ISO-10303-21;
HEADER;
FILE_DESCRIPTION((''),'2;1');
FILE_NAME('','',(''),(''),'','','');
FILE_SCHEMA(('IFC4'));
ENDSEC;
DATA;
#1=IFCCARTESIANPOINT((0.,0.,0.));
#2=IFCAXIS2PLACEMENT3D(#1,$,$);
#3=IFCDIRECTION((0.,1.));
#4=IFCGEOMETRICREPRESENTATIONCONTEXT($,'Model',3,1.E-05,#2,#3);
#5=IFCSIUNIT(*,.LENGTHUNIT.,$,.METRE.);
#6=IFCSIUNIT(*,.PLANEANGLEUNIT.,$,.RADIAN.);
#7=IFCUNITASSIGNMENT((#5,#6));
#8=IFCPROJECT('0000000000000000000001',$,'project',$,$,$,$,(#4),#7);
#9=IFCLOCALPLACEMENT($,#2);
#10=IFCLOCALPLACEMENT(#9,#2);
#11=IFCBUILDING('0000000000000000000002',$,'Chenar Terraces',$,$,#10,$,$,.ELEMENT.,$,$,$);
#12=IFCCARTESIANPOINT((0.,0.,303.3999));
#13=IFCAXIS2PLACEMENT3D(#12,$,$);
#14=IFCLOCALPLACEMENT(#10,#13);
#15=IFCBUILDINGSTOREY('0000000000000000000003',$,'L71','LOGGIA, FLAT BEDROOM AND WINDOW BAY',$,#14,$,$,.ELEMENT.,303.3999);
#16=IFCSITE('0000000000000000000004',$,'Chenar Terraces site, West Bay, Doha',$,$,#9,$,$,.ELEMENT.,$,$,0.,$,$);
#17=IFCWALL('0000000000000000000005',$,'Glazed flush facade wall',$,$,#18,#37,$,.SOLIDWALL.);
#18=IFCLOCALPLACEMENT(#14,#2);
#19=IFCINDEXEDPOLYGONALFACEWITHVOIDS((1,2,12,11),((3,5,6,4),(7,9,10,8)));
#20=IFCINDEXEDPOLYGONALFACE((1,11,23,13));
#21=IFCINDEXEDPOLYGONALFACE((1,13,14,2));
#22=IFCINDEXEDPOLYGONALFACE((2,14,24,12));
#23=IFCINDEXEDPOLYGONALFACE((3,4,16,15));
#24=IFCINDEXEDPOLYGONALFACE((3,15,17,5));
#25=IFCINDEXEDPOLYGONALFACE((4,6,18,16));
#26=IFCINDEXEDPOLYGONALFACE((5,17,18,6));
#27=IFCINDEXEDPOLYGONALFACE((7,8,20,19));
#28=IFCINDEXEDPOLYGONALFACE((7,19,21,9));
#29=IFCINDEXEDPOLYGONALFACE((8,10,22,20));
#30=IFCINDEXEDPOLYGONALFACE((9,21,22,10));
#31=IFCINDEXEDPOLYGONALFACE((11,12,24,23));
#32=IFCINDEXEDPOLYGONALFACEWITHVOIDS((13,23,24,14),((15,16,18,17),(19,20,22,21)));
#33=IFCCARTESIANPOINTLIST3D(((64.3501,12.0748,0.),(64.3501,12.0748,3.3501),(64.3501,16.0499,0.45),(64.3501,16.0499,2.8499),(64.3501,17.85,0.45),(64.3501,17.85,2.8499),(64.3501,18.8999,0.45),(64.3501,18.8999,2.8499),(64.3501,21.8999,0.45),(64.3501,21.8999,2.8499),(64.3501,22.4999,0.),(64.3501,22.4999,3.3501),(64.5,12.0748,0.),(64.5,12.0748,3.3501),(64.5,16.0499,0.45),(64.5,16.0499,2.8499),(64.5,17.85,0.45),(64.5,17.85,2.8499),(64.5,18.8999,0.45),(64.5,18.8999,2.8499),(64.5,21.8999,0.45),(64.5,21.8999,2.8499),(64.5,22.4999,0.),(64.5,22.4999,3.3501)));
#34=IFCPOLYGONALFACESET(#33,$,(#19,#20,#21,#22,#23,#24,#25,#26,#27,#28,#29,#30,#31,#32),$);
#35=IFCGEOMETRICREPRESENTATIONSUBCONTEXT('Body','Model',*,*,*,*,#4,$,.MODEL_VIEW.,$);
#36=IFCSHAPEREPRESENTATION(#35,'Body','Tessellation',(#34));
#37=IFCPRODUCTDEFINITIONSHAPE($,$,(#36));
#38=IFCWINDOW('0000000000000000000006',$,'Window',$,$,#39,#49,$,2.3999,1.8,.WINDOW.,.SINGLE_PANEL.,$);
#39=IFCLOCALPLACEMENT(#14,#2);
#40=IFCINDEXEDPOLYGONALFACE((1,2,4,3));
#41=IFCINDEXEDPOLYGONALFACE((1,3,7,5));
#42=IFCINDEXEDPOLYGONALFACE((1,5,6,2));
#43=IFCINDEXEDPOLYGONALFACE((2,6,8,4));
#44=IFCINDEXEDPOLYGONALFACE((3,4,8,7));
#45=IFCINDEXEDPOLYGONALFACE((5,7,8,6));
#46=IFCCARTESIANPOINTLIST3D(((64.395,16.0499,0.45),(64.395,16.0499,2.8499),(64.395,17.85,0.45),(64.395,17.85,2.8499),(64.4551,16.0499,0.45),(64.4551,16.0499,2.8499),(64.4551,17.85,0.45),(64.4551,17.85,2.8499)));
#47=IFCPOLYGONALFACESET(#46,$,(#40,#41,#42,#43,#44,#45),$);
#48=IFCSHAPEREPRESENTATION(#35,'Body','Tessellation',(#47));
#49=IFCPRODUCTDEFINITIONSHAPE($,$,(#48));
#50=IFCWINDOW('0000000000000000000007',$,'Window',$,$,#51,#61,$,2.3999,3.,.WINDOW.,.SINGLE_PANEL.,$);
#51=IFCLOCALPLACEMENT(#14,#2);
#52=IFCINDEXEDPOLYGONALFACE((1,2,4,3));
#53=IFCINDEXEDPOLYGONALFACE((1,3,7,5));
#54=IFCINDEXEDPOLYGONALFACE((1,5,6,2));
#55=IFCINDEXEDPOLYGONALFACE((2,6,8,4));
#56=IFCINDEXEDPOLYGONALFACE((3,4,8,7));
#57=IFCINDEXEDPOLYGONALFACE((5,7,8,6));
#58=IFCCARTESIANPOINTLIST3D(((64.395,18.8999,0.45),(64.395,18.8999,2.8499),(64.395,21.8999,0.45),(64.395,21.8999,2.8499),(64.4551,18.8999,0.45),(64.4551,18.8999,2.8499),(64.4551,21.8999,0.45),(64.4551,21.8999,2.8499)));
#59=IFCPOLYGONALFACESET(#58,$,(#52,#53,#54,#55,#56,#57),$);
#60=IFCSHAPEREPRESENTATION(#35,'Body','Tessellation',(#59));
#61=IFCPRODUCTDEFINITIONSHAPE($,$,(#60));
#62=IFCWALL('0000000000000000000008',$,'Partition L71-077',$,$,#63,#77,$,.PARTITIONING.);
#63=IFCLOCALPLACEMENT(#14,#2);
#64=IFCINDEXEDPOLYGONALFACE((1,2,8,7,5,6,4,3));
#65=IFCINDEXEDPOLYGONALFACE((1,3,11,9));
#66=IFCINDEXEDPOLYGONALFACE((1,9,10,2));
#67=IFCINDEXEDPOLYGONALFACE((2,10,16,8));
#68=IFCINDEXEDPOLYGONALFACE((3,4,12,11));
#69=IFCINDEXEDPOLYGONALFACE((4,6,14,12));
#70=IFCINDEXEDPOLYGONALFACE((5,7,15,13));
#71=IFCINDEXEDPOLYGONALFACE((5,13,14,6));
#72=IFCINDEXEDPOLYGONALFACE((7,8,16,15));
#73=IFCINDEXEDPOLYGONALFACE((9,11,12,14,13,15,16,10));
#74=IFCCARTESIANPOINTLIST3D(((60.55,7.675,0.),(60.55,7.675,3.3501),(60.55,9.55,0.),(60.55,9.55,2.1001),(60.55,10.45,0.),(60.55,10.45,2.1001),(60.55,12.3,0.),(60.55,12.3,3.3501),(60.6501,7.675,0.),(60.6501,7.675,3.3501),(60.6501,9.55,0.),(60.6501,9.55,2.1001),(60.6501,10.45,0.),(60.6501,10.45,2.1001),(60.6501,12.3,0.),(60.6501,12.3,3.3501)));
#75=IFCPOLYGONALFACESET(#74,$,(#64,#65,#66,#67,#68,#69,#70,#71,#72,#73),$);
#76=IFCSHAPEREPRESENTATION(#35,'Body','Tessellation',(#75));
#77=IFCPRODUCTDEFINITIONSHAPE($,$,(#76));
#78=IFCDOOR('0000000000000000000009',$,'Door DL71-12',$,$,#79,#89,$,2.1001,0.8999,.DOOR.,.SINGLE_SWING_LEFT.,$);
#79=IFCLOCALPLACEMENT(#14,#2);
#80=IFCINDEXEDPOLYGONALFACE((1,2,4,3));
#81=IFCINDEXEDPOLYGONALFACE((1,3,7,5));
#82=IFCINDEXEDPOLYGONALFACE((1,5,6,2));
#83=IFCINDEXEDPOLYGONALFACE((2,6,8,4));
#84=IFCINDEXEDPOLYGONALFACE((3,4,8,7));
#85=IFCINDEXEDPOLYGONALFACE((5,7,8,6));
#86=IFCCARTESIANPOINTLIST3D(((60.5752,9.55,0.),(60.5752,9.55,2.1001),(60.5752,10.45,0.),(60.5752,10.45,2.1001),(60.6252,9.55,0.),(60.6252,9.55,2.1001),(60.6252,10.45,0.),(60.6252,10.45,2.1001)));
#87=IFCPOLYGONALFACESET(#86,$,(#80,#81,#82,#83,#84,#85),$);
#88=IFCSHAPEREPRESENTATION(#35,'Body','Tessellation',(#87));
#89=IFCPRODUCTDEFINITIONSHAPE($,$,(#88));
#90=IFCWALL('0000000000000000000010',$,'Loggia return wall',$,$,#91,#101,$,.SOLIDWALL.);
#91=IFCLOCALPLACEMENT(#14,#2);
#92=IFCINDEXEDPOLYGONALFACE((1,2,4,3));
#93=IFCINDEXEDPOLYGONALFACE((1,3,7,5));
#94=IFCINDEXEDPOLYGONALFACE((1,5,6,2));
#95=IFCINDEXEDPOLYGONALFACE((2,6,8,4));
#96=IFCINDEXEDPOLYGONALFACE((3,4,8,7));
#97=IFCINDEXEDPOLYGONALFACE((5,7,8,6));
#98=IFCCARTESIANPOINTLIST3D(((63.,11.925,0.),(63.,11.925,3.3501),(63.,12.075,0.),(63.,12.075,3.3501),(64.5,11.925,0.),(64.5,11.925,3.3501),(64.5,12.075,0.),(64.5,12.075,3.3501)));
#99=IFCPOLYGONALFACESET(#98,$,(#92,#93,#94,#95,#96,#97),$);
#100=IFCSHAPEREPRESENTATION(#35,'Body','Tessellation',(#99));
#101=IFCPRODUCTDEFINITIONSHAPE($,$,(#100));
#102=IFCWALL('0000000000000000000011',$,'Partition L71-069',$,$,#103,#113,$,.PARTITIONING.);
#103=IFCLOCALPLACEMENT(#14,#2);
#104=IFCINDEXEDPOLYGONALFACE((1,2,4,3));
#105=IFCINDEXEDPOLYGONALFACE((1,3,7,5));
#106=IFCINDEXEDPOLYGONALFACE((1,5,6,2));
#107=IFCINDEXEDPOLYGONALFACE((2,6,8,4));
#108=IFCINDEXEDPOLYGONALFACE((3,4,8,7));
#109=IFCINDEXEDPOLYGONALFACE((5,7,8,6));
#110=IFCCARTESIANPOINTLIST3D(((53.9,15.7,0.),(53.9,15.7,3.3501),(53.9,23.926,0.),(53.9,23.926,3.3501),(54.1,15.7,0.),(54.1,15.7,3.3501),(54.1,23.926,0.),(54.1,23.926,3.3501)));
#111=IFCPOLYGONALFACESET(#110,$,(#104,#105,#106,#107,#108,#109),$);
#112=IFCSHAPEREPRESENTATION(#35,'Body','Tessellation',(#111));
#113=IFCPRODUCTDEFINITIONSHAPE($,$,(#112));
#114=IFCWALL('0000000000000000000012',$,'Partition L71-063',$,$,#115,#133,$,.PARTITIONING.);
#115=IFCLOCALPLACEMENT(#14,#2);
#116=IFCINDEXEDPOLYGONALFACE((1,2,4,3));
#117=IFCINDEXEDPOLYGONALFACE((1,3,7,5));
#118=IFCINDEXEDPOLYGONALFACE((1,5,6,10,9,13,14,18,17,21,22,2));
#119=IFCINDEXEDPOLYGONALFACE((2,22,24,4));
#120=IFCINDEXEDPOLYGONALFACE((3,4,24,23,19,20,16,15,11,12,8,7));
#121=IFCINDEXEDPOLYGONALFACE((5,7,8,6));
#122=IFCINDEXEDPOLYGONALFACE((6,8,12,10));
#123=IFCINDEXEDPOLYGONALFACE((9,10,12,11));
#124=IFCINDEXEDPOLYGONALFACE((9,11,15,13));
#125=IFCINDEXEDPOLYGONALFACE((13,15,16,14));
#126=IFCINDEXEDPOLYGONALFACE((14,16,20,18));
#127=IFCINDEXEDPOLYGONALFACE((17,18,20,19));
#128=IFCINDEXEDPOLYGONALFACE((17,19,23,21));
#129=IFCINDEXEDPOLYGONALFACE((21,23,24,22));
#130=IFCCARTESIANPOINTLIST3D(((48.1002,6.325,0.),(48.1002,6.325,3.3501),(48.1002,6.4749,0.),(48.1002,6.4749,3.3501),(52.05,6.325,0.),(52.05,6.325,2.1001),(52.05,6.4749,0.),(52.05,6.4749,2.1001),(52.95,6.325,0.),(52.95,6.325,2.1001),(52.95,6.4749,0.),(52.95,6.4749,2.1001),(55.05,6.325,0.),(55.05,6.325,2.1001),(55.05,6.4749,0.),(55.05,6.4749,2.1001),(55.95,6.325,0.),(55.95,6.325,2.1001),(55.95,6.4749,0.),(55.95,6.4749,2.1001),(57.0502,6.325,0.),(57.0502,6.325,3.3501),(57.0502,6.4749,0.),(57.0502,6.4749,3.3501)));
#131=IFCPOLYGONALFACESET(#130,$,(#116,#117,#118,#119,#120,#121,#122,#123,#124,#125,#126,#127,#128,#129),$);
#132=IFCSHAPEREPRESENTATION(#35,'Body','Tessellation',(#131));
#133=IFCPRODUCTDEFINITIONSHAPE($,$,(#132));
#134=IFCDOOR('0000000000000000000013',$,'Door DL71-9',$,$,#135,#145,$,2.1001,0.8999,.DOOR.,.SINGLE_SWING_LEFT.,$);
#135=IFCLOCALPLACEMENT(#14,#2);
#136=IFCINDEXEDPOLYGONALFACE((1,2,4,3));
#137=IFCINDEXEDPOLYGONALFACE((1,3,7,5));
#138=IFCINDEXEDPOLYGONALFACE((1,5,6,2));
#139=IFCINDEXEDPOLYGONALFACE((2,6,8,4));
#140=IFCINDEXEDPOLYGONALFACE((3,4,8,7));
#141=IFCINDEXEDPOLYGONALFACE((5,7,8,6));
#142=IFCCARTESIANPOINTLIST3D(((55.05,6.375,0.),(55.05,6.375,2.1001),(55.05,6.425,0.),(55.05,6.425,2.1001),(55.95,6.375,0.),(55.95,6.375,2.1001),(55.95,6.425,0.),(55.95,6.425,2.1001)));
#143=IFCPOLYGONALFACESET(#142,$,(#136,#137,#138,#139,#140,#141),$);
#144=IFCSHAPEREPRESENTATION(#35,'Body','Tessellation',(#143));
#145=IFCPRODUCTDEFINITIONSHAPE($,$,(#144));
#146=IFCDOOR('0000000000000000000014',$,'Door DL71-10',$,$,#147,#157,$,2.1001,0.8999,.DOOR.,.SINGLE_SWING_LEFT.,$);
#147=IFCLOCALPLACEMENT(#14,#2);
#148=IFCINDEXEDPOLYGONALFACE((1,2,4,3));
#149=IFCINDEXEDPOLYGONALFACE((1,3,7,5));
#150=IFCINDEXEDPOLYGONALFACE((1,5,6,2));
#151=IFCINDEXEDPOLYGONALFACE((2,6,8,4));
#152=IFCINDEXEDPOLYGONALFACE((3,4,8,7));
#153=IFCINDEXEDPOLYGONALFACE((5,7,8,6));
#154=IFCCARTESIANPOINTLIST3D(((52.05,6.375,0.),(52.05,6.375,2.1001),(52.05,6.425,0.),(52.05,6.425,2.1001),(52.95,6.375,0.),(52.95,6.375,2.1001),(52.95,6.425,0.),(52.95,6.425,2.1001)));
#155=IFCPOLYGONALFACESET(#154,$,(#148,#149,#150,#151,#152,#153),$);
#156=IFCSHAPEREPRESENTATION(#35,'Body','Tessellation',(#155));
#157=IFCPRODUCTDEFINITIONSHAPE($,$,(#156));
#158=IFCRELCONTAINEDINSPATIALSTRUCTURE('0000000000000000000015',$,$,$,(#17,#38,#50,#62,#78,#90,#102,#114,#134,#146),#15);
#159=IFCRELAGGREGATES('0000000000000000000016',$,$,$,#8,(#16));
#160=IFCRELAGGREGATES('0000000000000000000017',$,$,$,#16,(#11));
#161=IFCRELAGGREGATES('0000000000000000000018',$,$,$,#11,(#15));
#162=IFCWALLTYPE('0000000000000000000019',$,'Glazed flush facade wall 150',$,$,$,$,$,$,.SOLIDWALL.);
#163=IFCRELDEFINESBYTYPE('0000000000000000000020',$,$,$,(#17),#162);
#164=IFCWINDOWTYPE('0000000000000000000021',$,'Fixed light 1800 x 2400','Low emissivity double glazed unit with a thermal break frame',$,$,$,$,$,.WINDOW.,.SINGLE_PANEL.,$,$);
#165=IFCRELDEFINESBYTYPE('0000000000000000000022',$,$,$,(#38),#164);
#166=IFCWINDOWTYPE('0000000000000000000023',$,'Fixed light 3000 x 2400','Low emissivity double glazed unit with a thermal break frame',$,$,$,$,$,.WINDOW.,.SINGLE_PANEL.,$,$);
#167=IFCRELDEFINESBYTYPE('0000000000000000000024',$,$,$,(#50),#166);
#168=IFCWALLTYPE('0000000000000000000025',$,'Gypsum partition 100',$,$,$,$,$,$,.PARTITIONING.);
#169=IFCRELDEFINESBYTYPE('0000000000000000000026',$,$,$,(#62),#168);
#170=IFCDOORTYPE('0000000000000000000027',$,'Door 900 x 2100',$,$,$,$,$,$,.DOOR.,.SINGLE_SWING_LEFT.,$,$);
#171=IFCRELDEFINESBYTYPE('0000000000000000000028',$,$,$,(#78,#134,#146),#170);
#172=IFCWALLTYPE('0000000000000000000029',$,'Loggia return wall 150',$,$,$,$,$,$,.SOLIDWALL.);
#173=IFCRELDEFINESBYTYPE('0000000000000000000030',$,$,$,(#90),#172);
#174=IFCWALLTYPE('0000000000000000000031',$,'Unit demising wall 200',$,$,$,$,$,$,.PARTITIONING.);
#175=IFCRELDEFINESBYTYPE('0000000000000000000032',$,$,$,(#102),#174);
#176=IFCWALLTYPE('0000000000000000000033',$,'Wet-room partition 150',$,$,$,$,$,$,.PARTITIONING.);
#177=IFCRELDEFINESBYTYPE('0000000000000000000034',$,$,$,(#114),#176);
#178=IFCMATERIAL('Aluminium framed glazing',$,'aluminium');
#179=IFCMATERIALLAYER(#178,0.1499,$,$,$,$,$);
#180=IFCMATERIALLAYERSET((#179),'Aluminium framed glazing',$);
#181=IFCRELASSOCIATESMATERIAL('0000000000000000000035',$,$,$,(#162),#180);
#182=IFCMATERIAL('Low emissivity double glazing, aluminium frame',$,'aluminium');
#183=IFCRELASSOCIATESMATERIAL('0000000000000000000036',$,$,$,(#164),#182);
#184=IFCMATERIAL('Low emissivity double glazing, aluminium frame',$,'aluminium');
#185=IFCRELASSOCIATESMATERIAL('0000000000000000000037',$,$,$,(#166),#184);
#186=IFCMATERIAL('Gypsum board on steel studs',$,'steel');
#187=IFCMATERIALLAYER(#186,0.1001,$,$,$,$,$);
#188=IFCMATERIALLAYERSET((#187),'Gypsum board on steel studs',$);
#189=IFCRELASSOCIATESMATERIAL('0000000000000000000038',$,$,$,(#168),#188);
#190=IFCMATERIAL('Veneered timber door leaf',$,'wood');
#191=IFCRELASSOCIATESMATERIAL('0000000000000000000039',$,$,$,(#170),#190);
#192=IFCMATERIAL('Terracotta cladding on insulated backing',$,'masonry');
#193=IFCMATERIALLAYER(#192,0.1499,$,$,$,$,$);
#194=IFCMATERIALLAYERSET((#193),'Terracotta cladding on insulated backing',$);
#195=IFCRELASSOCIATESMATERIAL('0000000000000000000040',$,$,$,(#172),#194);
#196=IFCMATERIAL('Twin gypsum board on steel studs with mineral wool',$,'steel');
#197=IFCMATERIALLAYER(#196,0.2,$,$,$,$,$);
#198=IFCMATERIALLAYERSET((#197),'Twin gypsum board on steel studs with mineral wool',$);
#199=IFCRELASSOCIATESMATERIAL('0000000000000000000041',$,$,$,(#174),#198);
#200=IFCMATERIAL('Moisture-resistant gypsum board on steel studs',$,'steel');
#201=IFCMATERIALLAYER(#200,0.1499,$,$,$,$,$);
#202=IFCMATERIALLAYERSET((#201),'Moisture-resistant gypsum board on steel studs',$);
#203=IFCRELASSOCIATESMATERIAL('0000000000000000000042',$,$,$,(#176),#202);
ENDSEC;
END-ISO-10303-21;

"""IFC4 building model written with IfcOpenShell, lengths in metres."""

from ifc_helpers import new_model, si_unit, direction, frame, frame_2d, origin, place, context, subcontext, project, spatial, rectangle, extrude, material, layer, layer_set, type_object, element, fill, save


model = new_model("IFC4")

# Units and contexts
model_context = context("Model", 3, precision=1e-05, world=origin(), true_north=direction((0.0, 1.0)))
body_context = subcontext(model_context, "Body", "Model", "MODEL_VIEW")
ifc_project = project(units=[si_unit("LENGTHUNIT", "METRE"), si_unit("PLANEANGLEUNIT", "RADIAN")], contexts=[model_context])

# Site, building, storey
site_placement = place(None, origin())
site = spatial("IfcSite", under=ifc_project, at=site_placement, Name="Chenar Terraces site, West Bay, Doha", CompositionType="ELEMENT", RefElevation=0.0)
building_placement = place(site_placement, origin())
building = spatial("IfcBuilding", under=site, at=building_placement, Name="Chenar Terraces", CompositionType="ELEMENT")
storey_placement = place(building_placement, frame((0.0, 0.0, 303.3999)))
storey = spatial("IfcBuildingStorey", under=building, at=storey_placement, Name="L71", Description="LOGGIA, FLAT BEDROOM AND WINDOW BAY", CompositionType="ELEMENT", Elevation=303.3999)

# Wall, openings, windows
ifc_material_1 = material(Name="Aluminium framed glazing", Category="aluminium")
ifc_layer_1 = layer(ifc_material_1, 0.1499)
ifc_layer_set_1 = layer_set([ifc_layer_1], Name="Aluminium framed glazing")
wall_type_1 = type_object("IfcWallType", Name="Glazed flush facade wall 150", PredefinedType="SOLIDWALL", material=ifc_layer_set_1)
wall_1_placement = place(storey_placement, frame((64.425, 12.075, 0.0), z_axis=(0.0, 0.0, 1.0), x_axis=(0.0, 1.0, 0.0)))
wall_1 = element("IfcWall", 1, at=wall_1_placement, inside=storey, type_object=wall_type_1, Name="Glazed flush facade wall", PredefinedType="SOLIDWALL", context=body_context, shape_type="SweptSolid", body=[
    extrude(rectangle(XDim=10.425, YDim=0.1499, at=frame_2d((5.2124, 0.0))), origin(), (0.0, 0.0, 1.0), 3.3501),
])
opening_1_placement = place(wall_1_placement, frame((3.9751, 0.0, 0.45)))
opening_1 = element("IfcOpeningElement", 2, at=opening_1_placement, cuts=wall_1, PredefinedType="OPENING", context=body_context, shape_type="SweptSolid", body=[
    extrude(rectangle(XDim=1.8, YDim=2.3999, at=frame_2d((0.8999, 1.2))), frame((0.0, 0.085, 0.0), z_axis=(0.0, -1.0, 0.0), x_axis=(1.0, 0.0, 0.0)), (0.0, 0.0, 1.0), 0.1699),
])
opening_2_placement = place(wall_1_placement, frame((6.825, 0.0, 0.45)))
opening_2 = element("IfcOpeningElement", 3, at=opening_2_placement, cuts=wall_1, PredefinedType="OPENING", context=body_context, shape_type="SweptSolid", body=[
    extrude(rectangle(XDim=3.0, YDim=2.3999, at=frame_2d((1.5, 1.2))), frame((0.0, 0.085, 0.0), z_axis=(0.0, -1.0, 0.0), x_axis=(1.0, 0.0, 0.0)), (0.0, 0.0, 1.0), 0.1699),
])
ifc_material_2 = material(Name="Low emissivity double glazing, aluminium frame", Category="aluminium")
window_type_1 = type_object("IfcWindowType", Name="Fixed light 1800 x 2400", Description="Low emissivity double glazed unit with a thermal break frame", PartitioningType="SINGLE_PANEL", PredefinedType="WINDOW", material=ifc_material_2)
window_1_placement = place(opening_1_placement, origin())
window_1 = element("IfcWindow", 4, at=window_1_placement, inside=storey, type_object=window_type_1, Name="Window", OverallHeight=2.3999, OverallWidth=1.8, PartitioningType="SINGLE_PANEL", PredefinedType="WINDOW", context=body_context, shape_type="SweptSolid", body=[
    extrude(rectangle(XDim=1.8, YDim=2.3999, at=frame_2d((0.8999, 1.2))), frame((0.0, 0.03, 0.0), z_axis=(0.0, -1.0, 0.0), x_axis=(1.0, 0.0, 0.0)), (0.0, 0.0, 1.0), 0.0601),
])
fill(opening_1, window_1)
ifc_material_3 = material(Name="Low emissivity double glazing, aluminium frame", Category="aluminium")
window_type_2 = type_object("IfcWindowType", Name="Fixed light 3000 x 2400", Description="Low emissivity double glazed unit with a thermal break frame", PartitioningType="SINGLE_PANEL", PredefinedType="WINDOW", material=ifc_material_3)
window_2_placement = place(opening_2_placement, origin())
window_2 = element("IfcWindow", 5, at=window_2_placement, inside=storey, type_object=window_type_2, Name="Window", OverallHeight=2.3999, OverallWidth=3.0, PartitioningType="SINGLE_PANEL", PredefinedType="WINDOW", context=body_context, shape_type="SweptSolid", body=[
    extrude(rectangle(XDim=3.0, YDim=2.3999, at=frame_2d((1.5, 1.2))), frame((0.0, 0.03, 0.0), z_axis=(0.0, -1.0, 0.0), x_axis=(1.0, 0.0, 0.0)), (0.0, 0.0, 1.0), 0.0601),
])
fill(opening_2, window_2)

# Wall, opening, door
ifc_material_4 = material(Name="Gypsum board on steel studs", Category="steel")
ifc_layer_2 = layer(ifc_material_4, 0.1001)
ifc_layer_set_2 = layer_set([ifc_layer_2], Name="Gypsum board on steel studs")
wall_type_2 = type_object("IfcWallType", Name="Gypsum partition 100", PredefinedType="PARTITIONING", material=ifc_layer_set_2)
wall_2_placement = place(storey_placement, frame((60.6001, 7.675, 0.0), z_axis=(0.0, 0.0, 1.0), x_axis=(0.0, 1.0, 0.0)))
wall_2 = element("IfcWall", 6, at=wall_2_placement, inside=storey, type_object=wall_type_2, Name="Partition L71-077", PredefinedType="PARTITIONING", context=body_context, shape_type="SweptSolid", body=[
    extrude(rectangle(XDim=4.625, YDim=0.1001, at=frame_2d((2.3125, 0.0))), origin(), (0.0, 0.0, 1.0), 3.3501),
])
opening_3_placement = place(wall_2_placement, frame((1.875, 0.0, 0.0)))
opening_3 = element("IfcOpeningElement", 7, at=opening_3_placement, cuts=wall_2, PredefinedType="OPENING", context=body_context, shape_type="SweptSolid", body=[
    extrude(rectangle(XDim=0.8999, YDim=2.1001, at=frame_2d((0.45, 1.05))), frame((0.0, 0.0601, 0.0), z_axis=(0.0, -1.0, 0.0), x_axis=(1.0, 0.0, 0.0)), (0.0, 0.0, 1.0), 0.1201),
])
ifc_material_5 = material(Name="Veneered timber door leaf", Category="wood")
door_type_1 = type_object("IfcDoorType", Name="Door 900 x 2100", OperationType="SINGLE_SWING_LEFT", PredefinedType="DOOR", material=ifc_material_5)
door_1_placement = place(opening_3_placement, origin())
door_1 = element("IfcDoor", 8, at=door_1_placement, inside=storey, type_object=door_type_1, Name="Door DL71-12", OperationType="SINGLE_SWING_LEFT", OverallHeight=2.1001, OverallWidth=0.8999, PredefinedType="DOOR", context=body_context, shape_type="SweptSolid", body=[
    extrude(rectangle(XDim=0.8999, YDim=2.1001, at=frame_2d((0.45, 1.05))), frame((0.0, 0.0249, 0.0), z_axis=(0.0, -1.0, 0.0), x_axis=(1.0, 0.0, 0.0)), (0.0, 0.0, 1.0), 0.05),
])
fill(opening_3, door_1)

# Walls
ifc_material_6 = material(Name="Terracotta cladding on insulated backing", Category="masonry")
ifc_layer_3 = layer(ifc_material_6, 0.1499)
ifc_layer_set_3 = layer_set([ifc_layer_3], Name="Terracotta cladding on insulated backing")
wall_type_3 = type_object("IfcWallType", Name="Loggia return wall 150", PredefinedType="SOLIDWALL", material=ifc_layer_set_3)
wall_3_placement = place(storey_placement, frame((64.5, 12.0, 0.0), z_axis=(0.0, 0.0, 1.0), x_axis=(-1.0, 0.0, 0.0)))
element("IfcWall", 9, at=wall_3_placement, inside=storey, type_object=wall_type_3, Name="Loggia return wall", PredefinedType="SOLIDWALL", context=body_context, shape_type="SweptSolid", body=[
    extrude(rectangle(XDim=1.5, YDim=0.1499, at=frame_2d((0.75, 0.0))), origin(), (0.0, 0.0, 1.0), 3.3501),
])
ifc_material_7 = material(Name="Twin gypsum board on steel studs with mineral wool", Category="steel")
ifc_layer_4 = layer(ifc_material_7, 0.2)
ifc_layer_set_4 = layer_set([ifc_layer_4], Name="Twin gypsum board on steel studs with mineral wool")
wall_type_4 = type_object("IfcWallType", Name="Unit demising wall 200", PredefinedType="PARTITIONING", material=ifc_layer_set_4)
wall_4_placement = place(storey_placement, frame((54.0, 15.7, 0.0), z_axis=(0.0, 0.0, 1.0), x_axis=(0.0, 1.0, 0.0)))
element("IfcWall", 10, at=wall_4_placement, inside=storey, type_object=wall_type_4, Name="Partition L71-069", PredefinedType="PARTITIONING", context=body_context, shape_type="SweptSolid", body=[
    extrude(rectangle(XDim=8.2261, YDim=0.2, at=frame_2d((4.113, 0.0))), origin(), (0.0, 0.0, 1.0), 3.3501),
])

# Wall, openings, doors
ifc_material_8 = material(Name="Moisture-resistant gypsum board on steel studs", Category="steel")
ifc_layer_5 = layer(ifc_material_8, 0.1499)
ifc_layer_set_5 = layer_set([ifc_layer_5], Name="Moisture-resistant gypsum board on steel studs")
wall_type_5 = type_object("IfcWallType", Name="Wet-room partition 150", PredefinedType="PARTITIONING", material=ifc_layer_set_5)
wall_5_placement = place(storey_placement, frame((48.1001, 6.3999, 0.0), z_axis=(0.0, 0.0, 1.0), x_axis=(1.0, 0.0, 0.0)))
wall_5 = element("IfcWall", 11, at=wall_5_placement, inside=storey, type_object=wall_type_5, Name="Partition L71-063", PredefinedType="PARTITIONING", context=body_context, shape_type="SweptSolid", body=[
    extrude(rectangle(XDim=8.95, YDim=0.1499, at=frame_2d((4.4751, 0.0))), origin(), (0.0, 0.0, 1.0), 3.3501),
])
opening_4_placement = place(wall_5_placement, frame((6.95, 0.0, 0.0)))
opening_4 = element("IfcOpeningElement", 12, at=opening_4_placement, cuts=wall_5, PredefinedType="OPENING", context=body_context, shape_type="SweptSolid", body=[
    extrude(rectangle(XDim=0.8999, YDim=2.1001, at=frame_2d((0.45, 1.05))), frame((0.0, 0.085, 0.0), z_axis=(0.0, -1.0, 0.0), x_axis=(1.0, 0.0, 0.0)), (0.0, 0.0, 1.0), 0.1699),
])
opening_5_placement = place(wall_5_placement, frame((3.95, 0.0, 0.0)))
opening_5 = element("IfcOpeningElement", 13, at=opening_5_placement, cuts=wall_5, PredefinedType="OPENING", context=body_context, shape_type="SweptSolid", body=[
    extrude(rectangle(XDim=0.8999, YDim=2.1001, at=frame_2d((0.45, 1.05))), frame((0.0, 0.085, 0.0), z_axis=(0.0, -1.0, 0.0), x_axis=(1.0, 0.0, 0.0)), (0.0, 0.0, 1.0), 0.1699),
])
door_2_placement = place(opening_4_placement, frame((0.8999, 0.0, 0.0), z_axis=(0.0, 0.0, 1.0), x_axis=(-1.0, 0.0, 0.0)))
door_2 = element("IfcDoor", 14, at=door_2_placement, inside=storey, type_object=door_type_1, Name="Door DL71-9", OperationType="SINGLE_SWING_LEFT", OverallHeight=2.1001, OverallWidth=0.8999, PredefinedType="DOOR", context=body_context, shape_type="SweptSolid", body=[
    extrude(rectangle(XDim=0.8999, YDim=2.1001, at=frame_2d((0.45, 1.05))), frame((0.0, 0.0249, 0.0), z_axis=(0.0, -1.0, 0.0), x_axis=(1.0, 0.0, 0.0)), (0.0, 0.0, 1.0), 0.05),
])
fill(opening_4, door_2)
door_3_placement = place(opening_5_placement, frame((0.8999, 0.0, 0.0), z_axis=(0.0, 0.0, 1.0), x_axis=(-1.0, 0.0, 0.0)))
door_3 = element("IfcDoor", 15, at=door_3_placement, inside=storey, type_object=door_type_1, Name="Door DL71-10", OperationType="SINGLE_SWING_LEFT", OverallHeight=2.1001, OverallWidth=0.8999, PredefinedType="DOOR", context=body_context, shape_type="SweptSolid", body=[
    extrude(rectangle(XDim=0.8999, YDim=2.1001, at=frame_2d((0.45, 1.05))), frame((0.0, 0.0249, 0.0), z_axis=(0.0, -1.0, 0.0), x_axis=(1.0, 0.0, 0.0)), (0.0, 0.0, 1.0), 0.05),
])
fill(opening_5, door_3)

save(model, "model.ifc")
